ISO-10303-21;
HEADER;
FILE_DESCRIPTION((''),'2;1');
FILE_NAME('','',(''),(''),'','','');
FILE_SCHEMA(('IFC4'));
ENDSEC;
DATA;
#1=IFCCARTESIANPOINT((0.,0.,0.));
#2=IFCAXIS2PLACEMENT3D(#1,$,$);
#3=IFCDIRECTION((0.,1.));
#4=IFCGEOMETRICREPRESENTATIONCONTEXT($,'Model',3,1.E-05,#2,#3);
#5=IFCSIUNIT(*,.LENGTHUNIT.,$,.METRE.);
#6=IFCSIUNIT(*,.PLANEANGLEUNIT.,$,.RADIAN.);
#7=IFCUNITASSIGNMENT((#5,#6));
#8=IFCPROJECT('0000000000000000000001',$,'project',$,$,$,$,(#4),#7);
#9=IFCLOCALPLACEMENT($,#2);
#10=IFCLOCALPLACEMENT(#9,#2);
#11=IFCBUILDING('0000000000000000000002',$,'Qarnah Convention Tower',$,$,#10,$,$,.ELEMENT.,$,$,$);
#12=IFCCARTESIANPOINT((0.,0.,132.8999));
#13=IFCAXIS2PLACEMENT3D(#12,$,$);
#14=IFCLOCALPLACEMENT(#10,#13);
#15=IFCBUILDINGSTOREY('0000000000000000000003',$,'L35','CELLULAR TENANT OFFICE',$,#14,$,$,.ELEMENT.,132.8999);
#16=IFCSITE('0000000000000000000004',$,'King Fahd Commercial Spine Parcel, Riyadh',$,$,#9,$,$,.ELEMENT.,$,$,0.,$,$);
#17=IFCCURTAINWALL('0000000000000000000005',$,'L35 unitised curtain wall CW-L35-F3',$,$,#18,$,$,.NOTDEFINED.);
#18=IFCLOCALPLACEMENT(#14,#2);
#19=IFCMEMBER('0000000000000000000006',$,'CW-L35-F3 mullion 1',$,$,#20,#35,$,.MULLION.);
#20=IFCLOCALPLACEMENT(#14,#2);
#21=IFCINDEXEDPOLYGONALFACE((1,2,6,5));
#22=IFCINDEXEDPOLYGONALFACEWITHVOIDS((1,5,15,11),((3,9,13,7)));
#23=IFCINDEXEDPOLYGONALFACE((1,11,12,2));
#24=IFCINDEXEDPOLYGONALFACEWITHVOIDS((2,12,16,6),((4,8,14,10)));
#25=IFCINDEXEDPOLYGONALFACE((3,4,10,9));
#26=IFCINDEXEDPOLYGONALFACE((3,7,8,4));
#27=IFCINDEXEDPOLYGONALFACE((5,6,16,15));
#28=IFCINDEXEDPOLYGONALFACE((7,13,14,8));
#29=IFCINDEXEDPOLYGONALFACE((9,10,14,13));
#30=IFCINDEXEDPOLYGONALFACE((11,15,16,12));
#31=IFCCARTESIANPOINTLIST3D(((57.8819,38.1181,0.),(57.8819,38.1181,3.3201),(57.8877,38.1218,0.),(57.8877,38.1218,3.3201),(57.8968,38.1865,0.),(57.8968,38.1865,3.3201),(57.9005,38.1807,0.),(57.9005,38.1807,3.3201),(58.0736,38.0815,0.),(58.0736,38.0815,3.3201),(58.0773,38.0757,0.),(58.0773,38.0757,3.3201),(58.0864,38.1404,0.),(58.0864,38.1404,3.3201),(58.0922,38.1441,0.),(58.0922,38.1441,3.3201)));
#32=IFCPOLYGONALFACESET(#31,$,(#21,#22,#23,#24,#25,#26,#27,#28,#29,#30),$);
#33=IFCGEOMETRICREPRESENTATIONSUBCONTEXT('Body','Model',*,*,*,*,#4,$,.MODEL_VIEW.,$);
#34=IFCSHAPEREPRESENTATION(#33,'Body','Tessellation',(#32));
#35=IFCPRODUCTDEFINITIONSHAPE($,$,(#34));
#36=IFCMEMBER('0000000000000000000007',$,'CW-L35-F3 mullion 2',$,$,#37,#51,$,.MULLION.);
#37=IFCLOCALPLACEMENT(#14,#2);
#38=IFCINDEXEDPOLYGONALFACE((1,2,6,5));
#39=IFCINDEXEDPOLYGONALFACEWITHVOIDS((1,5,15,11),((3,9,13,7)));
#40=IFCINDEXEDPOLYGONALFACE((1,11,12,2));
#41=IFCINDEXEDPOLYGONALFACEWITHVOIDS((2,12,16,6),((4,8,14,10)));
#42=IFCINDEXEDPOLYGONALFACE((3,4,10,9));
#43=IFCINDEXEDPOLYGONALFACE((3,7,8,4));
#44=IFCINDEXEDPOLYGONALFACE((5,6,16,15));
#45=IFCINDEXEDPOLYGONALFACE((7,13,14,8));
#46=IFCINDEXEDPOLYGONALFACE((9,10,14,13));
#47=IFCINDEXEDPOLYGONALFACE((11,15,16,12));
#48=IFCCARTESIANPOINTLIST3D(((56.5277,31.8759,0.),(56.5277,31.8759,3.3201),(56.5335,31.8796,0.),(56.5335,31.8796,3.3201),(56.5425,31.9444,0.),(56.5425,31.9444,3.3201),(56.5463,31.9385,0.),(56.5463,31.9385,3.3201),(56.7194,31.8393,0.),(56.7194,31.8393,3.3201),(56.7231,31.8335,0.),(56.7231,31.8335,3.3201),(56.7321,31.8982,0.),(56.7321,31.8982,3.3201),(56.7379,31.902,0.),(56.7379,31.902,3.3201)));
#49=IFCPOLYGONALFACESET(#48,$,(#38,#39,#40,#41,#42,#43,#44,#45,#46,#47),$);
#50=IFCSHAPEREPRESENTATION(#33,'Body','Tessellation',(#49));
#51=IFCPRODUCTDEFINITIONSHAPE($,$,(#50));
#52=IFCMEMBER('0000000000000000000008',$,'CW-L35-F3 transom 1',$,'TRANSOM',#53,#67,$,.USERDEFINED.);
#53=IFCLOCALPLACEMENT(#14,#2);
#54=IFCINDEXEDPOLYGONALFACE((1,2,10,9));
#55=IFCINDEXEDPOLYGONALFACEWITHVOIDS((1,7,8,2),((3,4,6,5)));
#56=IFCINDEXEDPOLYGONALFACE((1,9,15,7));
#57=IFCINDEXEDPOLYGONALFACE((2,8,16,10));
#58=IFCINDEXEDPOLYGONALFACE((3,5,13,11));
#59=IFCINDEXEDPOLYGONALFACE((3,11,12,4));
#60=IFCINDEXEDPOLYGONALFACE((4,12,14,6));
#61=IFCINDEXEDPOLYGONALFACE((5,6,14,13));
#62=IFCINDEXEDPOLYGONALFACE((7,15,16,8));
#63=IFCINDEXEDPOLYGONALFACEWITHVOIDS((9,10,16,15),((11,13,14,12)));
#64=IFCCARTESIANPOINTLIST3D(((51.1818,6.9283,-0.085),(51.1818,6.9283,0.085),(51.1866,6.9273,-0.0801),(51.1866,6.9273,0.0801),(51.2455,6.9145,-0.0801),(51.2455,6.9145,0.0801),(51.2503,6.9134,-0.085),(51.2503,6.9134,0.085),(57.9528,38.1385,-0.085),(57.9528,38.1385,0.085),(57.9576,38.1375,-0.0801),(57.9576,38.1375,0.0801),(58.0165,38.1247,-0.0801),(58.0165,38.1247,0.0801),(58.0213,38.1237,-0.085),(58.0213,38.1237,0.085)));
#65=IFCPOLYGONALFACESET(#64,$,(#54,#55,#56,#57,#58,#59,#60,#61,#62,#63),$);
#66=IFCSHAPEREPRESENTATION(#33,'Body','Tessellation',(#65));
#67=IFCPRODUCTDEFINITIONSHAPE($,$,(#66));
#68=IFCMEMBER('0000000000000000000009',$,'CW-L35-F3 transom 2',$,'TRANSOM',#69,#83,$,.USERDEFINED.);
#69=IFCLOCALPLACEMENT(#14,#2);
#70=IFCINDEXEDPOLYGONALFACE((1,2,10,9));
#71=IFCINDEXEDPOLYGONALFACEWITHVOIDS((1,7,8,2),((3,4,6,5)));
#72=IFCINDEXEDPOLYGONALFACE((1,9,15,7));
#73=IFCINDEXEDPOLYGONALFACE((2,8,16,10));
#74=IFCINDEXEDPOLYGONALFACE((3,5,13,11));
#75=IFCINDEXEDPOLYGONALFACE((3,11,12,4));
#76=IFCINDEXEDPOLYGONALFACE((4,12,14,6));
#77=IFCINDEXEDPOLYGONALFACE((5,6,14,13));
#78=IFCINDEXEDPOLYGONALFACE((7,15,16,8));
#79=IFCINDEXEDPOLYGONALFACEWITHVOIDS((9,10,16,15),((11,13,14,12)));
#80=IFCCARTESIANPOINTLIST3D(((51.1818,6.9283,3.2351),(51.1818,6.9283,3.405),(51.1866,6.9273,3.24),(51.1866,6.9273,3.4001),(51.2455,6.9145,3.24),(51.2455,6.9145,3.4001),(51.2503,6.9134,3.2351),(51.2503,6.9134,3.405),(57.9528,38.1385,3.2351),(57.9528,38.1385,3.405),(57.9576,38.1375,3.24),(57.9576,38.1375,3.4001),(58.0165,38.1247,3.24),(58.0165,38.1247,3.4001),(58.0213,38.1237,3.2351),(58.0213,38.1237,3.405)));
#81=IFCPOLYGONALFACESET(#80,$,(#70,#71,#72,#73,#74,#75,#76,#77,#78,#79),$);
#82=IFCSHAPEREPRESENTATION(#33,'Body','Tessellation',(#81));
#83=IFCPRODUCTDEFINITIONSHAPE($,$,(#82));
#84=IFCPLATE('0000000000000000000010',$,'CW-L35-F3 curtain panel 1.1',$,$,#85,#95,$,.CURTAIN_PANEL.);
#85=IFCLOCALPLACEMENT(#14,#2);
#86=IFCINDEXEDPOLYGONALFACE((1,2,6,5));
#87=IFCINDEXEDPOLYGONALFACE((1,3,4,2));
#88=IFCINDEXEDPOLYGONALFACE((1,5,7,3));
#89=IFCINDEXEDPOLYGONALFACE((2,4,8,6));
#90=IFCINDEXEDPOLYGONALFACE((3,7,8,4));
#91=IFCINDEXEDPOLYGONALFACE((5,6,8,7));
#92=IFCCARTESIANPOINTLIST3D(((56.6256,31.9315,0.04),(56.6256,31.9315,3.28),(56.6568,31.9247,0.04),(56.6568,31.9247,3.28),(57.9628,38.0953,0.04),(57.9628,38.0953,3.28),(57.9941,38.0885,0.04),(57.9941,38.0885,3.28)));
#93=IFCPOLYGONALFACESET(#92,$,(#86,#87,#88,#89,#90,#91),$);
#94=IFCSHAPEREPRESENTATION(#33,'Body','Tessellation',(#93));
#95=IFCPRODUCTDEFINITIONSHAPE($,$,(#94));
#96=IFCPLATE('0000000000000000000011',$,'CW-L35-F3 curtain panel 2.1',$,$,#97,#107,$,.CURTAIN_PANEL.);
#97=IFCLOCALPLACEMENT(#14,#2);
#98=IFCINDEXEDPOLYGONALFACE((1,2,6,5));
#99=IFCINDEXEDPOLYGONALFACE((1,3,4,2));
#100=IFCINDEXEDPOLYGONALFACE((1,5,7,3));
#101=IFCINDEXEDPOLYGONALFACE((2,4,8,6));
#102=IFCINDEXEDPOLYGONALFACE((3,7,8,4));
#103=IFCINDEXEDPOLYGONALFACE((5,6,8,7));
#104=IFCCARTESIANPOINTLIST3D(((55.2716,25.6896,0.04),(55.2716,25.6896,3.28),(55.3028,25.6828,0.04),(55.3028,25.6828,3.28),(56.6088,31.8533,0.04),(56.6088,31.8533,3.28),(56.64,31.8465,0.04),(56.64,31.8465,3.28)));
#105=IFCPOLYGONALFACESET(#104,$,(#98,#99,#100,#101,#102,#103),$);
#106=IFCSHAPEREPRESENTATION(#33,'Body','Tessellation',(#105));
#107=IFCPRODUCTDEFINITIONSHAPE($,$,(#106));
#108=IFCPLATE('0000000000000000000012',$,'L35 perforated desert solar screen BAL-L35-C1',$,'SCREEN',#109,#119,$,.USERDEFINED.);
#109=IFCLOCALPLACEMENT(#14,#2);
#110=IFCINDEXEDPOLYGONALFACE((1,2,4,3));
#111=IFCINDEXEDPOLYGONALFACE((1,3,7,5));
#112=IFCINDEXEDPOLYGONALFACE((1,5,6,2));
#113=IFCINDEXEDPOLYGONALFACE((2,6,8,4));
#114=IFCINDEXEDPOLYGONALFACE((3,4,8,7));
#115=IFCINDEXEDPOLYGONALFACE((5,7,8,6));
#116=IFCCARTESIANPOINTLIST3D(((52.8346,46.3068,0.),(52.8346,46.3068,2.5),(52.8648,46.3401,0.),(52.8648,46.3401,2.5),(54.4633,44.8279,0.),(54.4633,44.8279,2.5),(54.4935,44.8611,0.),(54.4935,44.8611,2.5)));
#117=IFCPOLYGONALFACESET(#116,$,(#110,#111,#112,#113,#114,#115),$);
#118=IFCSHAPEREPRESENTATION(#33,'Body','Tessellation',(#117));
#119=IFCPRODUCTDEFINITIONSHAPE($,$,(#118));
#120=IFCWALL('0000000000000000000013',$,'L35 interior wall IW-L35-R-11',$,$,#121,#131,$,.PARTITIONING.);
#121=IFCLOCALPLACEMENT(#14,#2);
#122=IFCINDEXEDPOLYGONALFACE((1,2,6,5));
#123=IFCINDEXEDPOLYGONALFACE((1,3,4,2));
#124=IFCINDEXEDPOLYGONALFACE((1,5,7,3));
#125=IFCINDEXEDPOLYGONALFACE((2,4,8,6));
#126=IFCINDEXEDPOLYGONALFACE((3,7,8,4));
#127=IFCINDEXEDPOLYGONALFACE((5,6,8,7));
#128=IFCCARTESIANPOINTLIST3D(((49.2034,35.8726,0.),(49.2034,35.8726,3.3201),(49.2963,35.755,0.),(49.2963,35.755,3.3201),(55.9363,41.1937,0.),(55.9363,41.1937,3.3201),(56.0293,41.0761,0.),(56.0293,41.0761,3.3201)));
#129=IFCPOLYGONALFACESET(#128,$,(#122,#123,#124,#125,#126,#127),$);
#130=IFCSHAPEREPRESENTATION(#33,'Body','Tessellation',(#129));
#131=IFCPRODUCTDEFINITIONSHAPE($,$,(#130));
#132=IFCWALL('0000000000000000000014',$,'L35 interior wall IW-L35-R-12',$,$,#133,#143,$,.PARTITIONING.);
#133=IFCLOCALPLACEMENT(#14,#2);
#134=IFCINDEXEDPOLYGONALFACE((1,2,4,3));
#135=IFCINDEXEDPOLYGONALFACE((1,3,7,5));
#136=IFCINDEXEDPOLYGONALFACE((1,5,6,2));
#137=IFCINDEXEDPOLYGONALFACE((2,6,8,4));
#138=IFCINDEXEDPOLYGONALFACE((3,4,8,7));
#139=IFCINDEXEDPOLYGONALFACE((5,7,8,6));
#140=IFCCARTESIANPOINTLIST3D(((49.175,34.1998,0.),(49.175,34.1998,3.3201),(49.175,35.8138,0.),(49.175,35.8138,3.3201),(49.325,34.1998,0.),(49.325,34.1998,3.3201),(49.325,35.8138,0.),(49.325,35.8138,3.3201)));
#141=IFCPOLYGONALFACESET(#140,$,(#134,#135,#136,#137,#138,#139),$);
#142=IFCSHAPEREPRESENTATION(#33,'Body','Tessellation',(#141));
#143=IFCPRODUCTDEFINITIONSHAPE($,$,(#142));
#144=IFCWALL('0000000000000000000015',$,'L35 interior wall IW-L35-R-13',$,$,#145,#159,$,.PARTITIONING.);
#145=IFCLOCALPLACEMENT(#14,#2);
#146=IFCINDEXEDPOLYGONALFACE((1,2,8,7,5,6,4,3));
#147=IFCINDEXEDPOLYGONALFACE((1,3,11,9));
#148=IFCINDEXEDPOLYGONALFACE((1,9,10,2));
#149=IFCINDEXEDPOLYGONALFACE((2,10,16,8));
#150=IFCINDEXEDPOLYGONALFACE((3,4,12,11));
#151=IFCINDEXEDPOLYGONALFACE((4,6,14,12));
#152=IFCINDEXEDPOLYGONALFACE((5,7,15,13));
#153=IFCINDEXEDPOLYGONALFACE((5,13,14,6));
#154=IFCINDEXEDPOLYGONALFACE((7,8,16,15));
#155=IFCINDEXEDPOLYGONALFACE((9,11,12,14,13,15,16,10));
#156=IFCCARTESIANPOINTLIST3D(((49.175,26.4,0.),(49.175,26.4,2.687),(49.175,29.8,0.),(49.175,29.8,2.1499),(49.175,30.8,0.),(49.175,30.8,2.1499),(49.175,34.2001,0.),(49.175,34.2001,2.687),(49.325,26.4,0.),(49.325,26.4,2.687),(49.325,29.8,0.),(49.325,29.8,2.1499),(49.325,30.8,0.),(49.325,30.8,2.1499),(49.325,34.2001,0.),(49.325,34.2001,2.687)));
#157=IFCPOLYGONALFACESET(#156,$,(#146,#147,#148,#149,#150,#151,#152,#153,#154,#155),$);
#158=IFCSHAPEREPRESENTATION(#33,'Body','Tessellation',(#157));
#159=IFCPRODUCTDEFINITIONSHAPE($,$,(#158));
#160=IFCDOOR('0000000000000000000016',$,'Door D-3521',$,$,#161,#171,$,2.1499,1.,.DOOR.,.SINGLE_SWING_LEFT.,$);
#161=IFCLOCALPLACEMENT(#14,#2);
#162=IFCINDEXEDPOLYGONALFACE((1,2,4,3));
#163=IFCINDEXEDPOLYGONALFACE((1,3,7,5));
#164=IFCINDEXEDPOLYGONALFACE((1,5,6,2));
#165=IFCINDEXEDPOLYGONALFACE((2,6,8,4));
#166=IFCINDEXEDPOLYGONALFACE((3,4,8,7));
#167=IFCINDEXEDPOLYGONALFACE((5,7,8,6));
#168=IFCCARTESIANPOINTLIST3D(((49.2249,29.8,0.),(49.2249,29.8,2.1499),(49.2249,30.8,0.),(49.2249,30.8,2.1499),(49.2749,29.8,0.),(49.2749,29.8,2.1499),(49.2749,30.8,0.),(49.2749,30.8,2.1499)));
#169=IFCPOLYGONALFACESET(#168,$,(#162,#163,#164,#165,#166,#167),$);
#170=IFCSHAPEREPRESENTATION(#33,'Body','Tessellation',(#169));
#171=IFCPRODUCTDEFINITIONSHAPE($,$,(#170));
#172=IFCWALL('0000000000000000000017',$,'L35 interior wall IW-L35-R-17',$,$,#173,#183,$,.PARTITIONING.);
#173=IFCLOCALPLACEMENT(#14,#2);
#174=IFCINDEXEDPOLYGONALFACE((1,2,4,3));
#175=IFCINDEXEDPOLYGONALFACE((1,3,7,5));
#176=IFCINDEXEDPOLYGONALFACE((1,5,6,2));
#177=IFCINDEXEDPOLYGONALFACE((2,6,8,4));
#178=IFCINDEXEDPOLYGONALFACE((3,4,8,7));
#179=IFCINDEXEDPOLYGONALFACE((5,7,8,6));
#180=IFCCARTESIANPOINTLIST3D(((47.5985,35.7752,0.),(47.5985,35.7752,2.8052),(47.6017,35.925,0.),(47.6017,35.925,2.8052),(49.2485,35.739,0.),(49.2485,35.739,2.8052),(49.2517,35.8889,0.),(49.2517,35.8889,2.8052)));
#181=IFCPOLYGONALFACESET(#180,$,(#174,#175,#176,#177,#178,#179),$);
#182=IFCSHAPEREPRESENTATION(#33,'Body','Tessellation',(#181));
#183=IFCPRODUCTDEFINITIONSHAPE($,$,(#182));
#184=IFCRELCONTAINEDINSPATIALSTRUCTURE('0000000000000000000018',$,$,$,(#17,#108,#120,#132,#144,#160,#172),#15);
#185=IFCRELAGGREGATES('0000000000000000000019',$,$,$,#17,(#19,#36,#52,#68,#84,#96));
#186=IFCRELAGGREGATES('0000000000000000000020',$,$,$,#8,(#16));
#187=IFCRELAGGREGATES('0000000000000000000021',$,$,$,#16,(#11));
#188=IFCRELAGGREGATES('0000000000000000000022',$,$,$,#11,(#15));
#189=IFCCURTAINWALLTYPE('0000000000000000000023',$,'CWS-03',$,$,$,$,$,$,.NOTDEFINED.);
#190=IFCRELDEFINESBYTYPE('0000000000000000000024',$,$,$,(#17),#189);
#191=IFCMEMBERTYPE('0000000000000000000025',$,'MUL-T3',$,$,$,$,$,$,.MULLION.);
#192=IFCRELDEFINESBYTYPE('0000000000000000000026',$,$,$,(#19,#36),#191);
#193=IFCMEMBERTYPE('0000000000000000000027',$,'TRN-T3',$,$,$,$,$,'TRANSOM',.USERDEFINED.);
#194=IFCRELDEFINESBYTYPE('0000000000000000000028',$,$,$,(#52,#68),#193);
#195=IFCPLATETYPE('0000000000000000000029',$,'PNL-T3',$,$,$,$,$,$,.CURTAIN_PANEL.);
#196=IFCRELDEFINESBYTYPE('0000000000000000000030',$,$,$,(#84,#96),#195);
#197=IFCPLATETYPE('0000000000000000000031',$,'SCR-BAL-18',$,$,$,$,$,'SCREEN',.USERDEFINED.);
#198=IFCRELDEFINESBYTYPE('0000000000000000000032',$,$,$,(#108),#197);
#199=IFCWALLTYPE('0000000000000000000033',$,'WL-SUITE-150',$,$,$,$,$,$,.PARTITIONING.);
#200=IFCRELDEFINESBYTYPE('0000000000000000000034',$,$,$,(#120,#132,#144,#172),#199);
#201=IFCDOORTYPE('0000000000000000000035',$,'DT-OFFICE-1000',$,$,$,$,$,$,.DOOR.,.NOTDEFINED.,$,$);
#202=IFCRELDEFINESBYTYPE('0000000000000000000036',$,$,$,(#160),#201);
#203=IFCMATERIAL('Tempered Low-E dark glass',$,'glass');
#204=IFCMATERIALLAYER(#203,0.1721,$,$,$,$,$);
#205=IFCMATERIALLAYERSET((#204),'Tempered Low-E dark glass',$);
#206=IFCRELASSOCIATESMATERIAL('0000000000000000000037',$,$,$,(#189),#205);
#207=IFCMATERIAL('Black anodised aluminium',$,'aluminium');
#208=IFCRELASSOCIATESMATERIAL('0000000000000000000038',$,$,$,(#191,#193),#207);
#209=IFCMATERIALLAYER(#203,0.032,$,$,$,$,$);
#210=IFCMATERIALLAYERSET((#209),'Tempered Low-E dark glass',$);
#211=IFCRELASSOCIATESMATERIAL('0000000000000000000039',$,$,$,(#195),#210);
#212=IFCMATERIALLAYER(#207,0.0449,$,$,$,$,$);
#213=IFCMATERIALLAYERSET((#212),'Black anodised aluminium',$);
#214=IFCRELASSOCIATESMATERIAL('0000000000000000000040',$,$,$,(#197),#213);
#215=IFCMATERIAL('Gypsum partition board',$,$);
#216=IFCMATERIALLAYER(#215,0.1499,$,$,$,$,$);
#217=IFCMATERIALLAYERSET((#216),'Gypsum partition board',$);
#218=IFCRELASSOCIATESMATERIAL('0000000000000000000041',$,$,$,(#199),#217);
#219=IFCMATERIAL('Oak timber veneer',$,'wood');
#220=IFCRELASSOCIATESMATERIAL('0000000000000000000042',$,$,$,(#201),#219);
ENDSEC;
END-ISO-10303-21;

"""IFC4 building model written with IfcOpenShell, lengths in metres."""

from ifc_helpers import new_model, si_unit, direction, frame, frame_2d, origin, origin_2d, place, context, subcontext, project, spatial, rectangle, hollow_rectangle, extrude, material, layer, layer_set, material_profile, profile_set, type_object, element, fill, aggregate, save


model = new_model("IFC4")

# Units and contexts
model_context = context("Model", 3, precision=1e-05, world=origin(), true_north=direction((0.0, 1.0)))
body_context = subcontext(model_context, "Body", "Model", "MODEL_VIEW")
ifc_project = project(units=[si_unit("LENGTHUNIT", "METRE"), si_unit("PLANEANGLEUNIT", "RADIAN")], contexts=[model_context])

# Site, building, storey
site_placement = place(None, origin())
site = spatial("IfcSite", under=ifc_project, at=site_placement, Name="King Fahd Commercial Spine Parcel, Riyadh", CompositionType="ELEMENT", RefElevation=0.0)
building_placement = place(site_placement, origin())
building = spatial("IfcBuilding", under=site, at=building_placement, Name="Qarnah Convention Tower", CompositionType="ELEMENT")
storey_placement = place(building_placement, frame((0.0, 0.0, 132.8999)))
storey = spatial("IfcBuildingStorey", under=building, at=storey_placement, Name="L35", Description="CELLULAR TENANT OFFICE", CompositionType="ELEMENT", Elevation=132.8999)

# Shared definitions
ifc_material_1 = material(Name="Tempered Low-E dark glass", Category="glass")
ifc_layer_1 = layer(ifc_material_1, 0.1721)
ifc_layer_set_1 = layer_set([ifc_layer_1], Name="Tempered Low-E dark glass")
curtain_wall_type = type_object("IfcCurtainWallType", Name="CWS-03", PredefinedType="NOTDEFINED", material=ifc_layer_set_1)
ifc_material_2 = material(Name="Black anodised aluminium", Category="aluminium")
ifc_material_profile_1 = material_profile(ifc_material_2, hollow_rectangle(XDim=0.0701, YDim=0.2, WallThickness=0.0049, at=origin_2d()), Name="MUL-70X200")
ifc_profile_set_1 = profile_set([ifc_material_profile_1], Name="Black anodised aluminium")
member_type_1 = type_object("IfcMemberType", Name="MUL-T3", PredefinedType="MULLION", material=ifc_profile_set_1)

# Curtain wall, members, plates
curtain_wall_1_placement = place(storey_placement, origin())
curtain_wall_1 = element("IfcCurtainWall", 1, at=curtain_wall_1_placement, inside=storey, type_object=curtain_wall_type, Name="L35 unitised curtain wall CW-L35-F3", PredefinedType="NOTDEFINED")
member_1_placement = place(storey_placement, frame((57.9871, 38.1311, 0.0), z_axis=(0.0, 0.0, 1.0), x_axis=(-0.212018, -0.977266, 0.0)))
member_1 = element("IfcMember", 2, at=member_1_placement, type_object=member_type_1, Name="CW-L35-F3 mullion 1", PredefinedType="MULLION", context=body_context, shape_type="SweptSolid", body=[
    extrude(hollow_rectangle(XDim=0.0701, YDim=0.2, WallThickness=0.0049, at=origin_2d()), origin(), (0.0, 0.0, 1.0), 3.3201),
])
member_2_placement = place(storey_placement, frame((56.6328, 31.8889, 0.0), z_axis=(0.0, 0.0, 1.0), x_axis=(-0.212018, -0.977266, 0.0)))
member_2 = element("IfcMember", 3, at=member_2_placement, type_object=member_type_1, Name="CW-L35-F3 mullion 2", PredefinedType="MULLION", context=body_context, shape_type="SweptSolid", body=[
    extrude(hollow_rectangle(XDim=0.0701, YDim=0.2, WallThickness=0.0049, at=origin_2d()), origin(), (0.0, 0.0, 1.0), 3.3201),
])
ifc_material_profile_2 = material_profile(ifc_material_2, hollow_rectangle(XDim=0.0701, YDim=0.1699, WallThickness=0.0049, at=origin_2d()), Name="TRN-70X170")
ifc_profile_set_2 = profile_set([ifc_material_profile_2], Name="Black anodised aluminium")
member_type_2 = type_object("IfcMemberType", Name="TRN-T3", ElementType="TRANSOM", PredefinedType="USERDEFINED", material=ifc_profile_set_2)
member_3_placement = place(storey_placement, frame((57.9871, 38.1311, 0.0), z_axis=(-0.212016, -0.977266, 0.0), x_axis=(0.977266, -0.212016, 0.0)))
member_3 = element("IfcMember", 4, at=member_3_placement, type_object=member_type_2, Name="CW-L35-F3 transom 1", ObjectType="TRANSOM", PredefinedType="USERDEFINED", context=body_context, shape_type="SweptSolid", body=[
    extrude(hollow_rectangle(XDim=0.0701, YDim=0.1699, WallThickness=0.0049, at=origin_2d()), origin(), (0.0, 0.0, 1.0), 31.9363),
])
member_4_placement = place(storey_placement, frame((57.9871, 38.1311, 3.3201), z_axis=(-0.212016, -0.977266, 0.0), x_axis=(0.977266, -0.212016, 0.0)))
member_4 = element("IfcMember", 5, at=member_4_placement, type_object=member_type_2, Name="CW-L35-F3 transom 2", ObjectType="TRANSOM", PredefinedType="USERDEFINED", context=body_context, shape_type="SweptSolid", body=[
    extrude(hollow_rectangle(XDim=0.0701, YDim=0.1699, WallThickness=0.0049, at=origin_2d()), origin(), (0.0, 0.0, 1.0), 31.9363),
])
ifc_layer_2 = layer(ifc_material_1, 0.032)
ifc_layer_set_2 = layer_set([ifc_layer_2], Name="Tempered Low-E dark glass")
plate_type_1 = type_object("IfcPlateType", Name="PNL-T3", PredefinedType="CURTAIN_PANEL", material=ifc_layer_set_2)
plate_1_placement = place(storey_placement, frame((57.3098, 35.01, 0.04), z_axis=(0.0, 0.0, 1.0), x_axis=(-0.212018, -0.977266, 0.0)))
plate_1 = element("IfcPlate", 6, at=plate_1_placement, type_object=plate_type_1, Name="CW-L35-F3 curtain panel 1.1", PredefinedType="CURTAIN_PANEL", context=body_context, shape_type="SweptSolid", body=[
    extrude(rectangle(XDim=6.3071, YDim=0.032, at=origin_2d()), origin(), (0.0, 0.0, 1.0), 3.24),
])
plate_2_placement = place(storey_placement, frame((55.9558, 28.7681, 0.04), z_axis=(0.0, 0.0, 1.0), x_axis=(-0.212018, -0.977266, 0.0)))
plate_2 = element("IfcPlate", 7, at=plate_2_placement, type_object=plate_type_1, Name="CW-L35-F3 curtain panel 2.1", PredefinedType="CURTAIN_PANEL", context=body_context, shape_type="SweptSolid", body=[
    extrude(rectangle(XDim=6.3071, YDim=0.032, at=origin_2d()), origin(), (0.0, 0.0, 1.0), 3.24),
])
aggregate(curtain_wall_1, [member_1, member_2, member_3, member_4, plate_1, plate_2])

# Plate
ifc_layer_3 = layer(ifc_material_2, 0.0449)
ifc_layer_set_3 = layer_set([ifc_layer_3], Name="Black anodised aluminium")
plate_type_2 = type_object("IfcPlateType", Name="SCR-BAL-18", ElementType="SCREEN", PredefinedType="USERDEFINED", material=ifc_layer_set_3)
plate_3_placement = place(storey_placement, frame((53.6641, 45.584, 0.0), z_axis=(0.0, 0.0, 1.0), x_axis=(0.740314, -0.672261, 0.0)))
element("IfcPlate", 8, at=plate_3_placement, inside=storey, type_object=plate_type_2, Name="L35 perforated desert solar screen BAL-L35-C1", ObjectType="SCREEN", PredefinedType="USERDEFINED", context=body_context, shape_type="SweptSolid", body=[
    extrude(rectangle(XDim=2.2, YDim=0.0449, at=origin_2d()), origin(), (0.0, 0.0, 1.0), 2.5),
])

# Walls
ifc_material_3 = material(Name="Gypsum partition board")
ifc_layer_4 = layer(ifc_material_3, 0.1499)
ifc_layer_set_4 = layer_set([ifc_layer_4], Name="Gypsum partition board")
wall_type_1 = type_object("IfcWallType", Name="WL-SUITE-150", PredefinedType="PARTITIONING", material=ifc_layer_set_4)
wall_1_placement = place(storey_placement, frame((55.9829, 41.135, 0.0), z_axis=(0.0, 0.0, 1.0), x_axis=(-0.784566, -0.620045, 0.0)))
element("IfcWall", 9, at=wall_1_placement, inside=storey, type_object=wall_type_1, Name="L35 interior wall IW-L35-R-11", PredefinedType="PARTITIONING", context=body_context, shape_type="SweptSolid", body=[
    extrude(rectangle(XDim=8.5818, YDim=0.1499, at=frame_2d((4.291, 0.0))), origin(), (0.0, 0.0, 1.0), 3.3201),
])
wall_2_placement = place(storey_placement, frame((49.25, 35.814, 0.0), z_axis=(0.0, 0.0, 1.0), x_axis=(0.0, -1.0, 0.0)))
element("IfcWall", 10, at=wall_2_placement, inside=storey, type_object=wall_type_1, Name="L35 interior wall IW-L35-R-12", PredefinedType="PARTITIONING", context=body_context, shape_type="SweptSolid", body=[
    extrude(rectangle(XDim=1.614, YDim=0.1499, at=frame_2d((0.8071, 0.0))), origin(), (0.0, 0.0, 1.0), 3.3201),
])

# Wall, opening, door
wall_3_placement = place(storey_placement, frame((49.25, 34.2, 0.0), z_axis=(0.0, 0.0, 1.0), x_axis=(0.0, -1.0, 0.0)))
wall_3 = element("IfcWall", 11, at=wall_3_placement, inside=storey, type_object=wall_type_1, Name="L35 interior wall IW-L35-R-13", PredefinedType="PARTITIONING", context=body_context, shape_type="SweptSolid", body=[
    extrude(rectangle(XDim=7.8, YDim=0.1499, at=frame_2d((3.8999, 0.0))), origin(), (0.0, 0.0, 1.0), 2.687),
])
opening_1_placement = place(wall_3_placement, frame((3.3999, 0.0, 0.0)))
opening_1 = element("IfcOpeningElement", 12, at=opening_1_placement, cuts=wall_3, PredefinedType="OPENING", context=body_context, shape_type="SweptSolid", body=[
    extrude(rectangle(XDim=1.0, YDim=2.1499, at=frame_2d((0.5, 1.075))), frame((0.0, 0.085, 0.0), z_axis=(0.0, -1.0, 0.0), x_axis=(1.0, 0.0, 0.0)), (0.0, 0.0, 1.0), 0.1699),
])
ifc_material_4 = material(Name="Oak timber veneer", Category="wood")
door_type_1 = type_object("IfcDoorType", Name="DT-OFFICE-1000", OperationType="NOTDEFINED", PredefinedType="DOOR", material=ifc_material_4)
door_1_placement = place(opening_1_placement, origin())
door_1 = element("IfcDoor", 13, at=door_1_placement, inside=storey, type_object=door_type_1, Name="Door D-3521", OperationType="SINGLE_SWING_LEFT", OverallHeight=2.1499, OverallWidth=1.0, PredefinedType="DOOR", context=body_context, shape_type="SweptSolid", body=[
    extrude(rectangle(XDim=1.0, YDim=2.1499, at=frame_2d((0.5, 1.075))), frame((0.0, 0.0249, 0.0), z_axis=(0.0, -1.0, 0.0), x_axis=(1.0, 0.0, 0.0)), (0.0, 0.0, 1.0), 0.05),
])
fill(opening_1, door_1)

# Wall
wall_4_placement = place(storey_placement, frame((47.6001, 35.8501, 0.0), z_axis=(0.0, 0.0, 1.0), x_axis=(0.99976, -0.021895, 0.0)))
element("IfcWall", 14, at=wall_4_placement, inside=storey, type_object=wall_type_1, Name="L35 interior wall IW-L35-R-17", PredefinedType="PARTITIONING", context=body_context, shape_type="SweptSolid", body=[
    extrude(rectangle(XDim=1.6504, YDim=0.1499, at=frame_2d((0.8252, 0.0))), origin(), (0.0, 0.0, 1.0), 2.8052),
])

save(model, "model.ifc")
